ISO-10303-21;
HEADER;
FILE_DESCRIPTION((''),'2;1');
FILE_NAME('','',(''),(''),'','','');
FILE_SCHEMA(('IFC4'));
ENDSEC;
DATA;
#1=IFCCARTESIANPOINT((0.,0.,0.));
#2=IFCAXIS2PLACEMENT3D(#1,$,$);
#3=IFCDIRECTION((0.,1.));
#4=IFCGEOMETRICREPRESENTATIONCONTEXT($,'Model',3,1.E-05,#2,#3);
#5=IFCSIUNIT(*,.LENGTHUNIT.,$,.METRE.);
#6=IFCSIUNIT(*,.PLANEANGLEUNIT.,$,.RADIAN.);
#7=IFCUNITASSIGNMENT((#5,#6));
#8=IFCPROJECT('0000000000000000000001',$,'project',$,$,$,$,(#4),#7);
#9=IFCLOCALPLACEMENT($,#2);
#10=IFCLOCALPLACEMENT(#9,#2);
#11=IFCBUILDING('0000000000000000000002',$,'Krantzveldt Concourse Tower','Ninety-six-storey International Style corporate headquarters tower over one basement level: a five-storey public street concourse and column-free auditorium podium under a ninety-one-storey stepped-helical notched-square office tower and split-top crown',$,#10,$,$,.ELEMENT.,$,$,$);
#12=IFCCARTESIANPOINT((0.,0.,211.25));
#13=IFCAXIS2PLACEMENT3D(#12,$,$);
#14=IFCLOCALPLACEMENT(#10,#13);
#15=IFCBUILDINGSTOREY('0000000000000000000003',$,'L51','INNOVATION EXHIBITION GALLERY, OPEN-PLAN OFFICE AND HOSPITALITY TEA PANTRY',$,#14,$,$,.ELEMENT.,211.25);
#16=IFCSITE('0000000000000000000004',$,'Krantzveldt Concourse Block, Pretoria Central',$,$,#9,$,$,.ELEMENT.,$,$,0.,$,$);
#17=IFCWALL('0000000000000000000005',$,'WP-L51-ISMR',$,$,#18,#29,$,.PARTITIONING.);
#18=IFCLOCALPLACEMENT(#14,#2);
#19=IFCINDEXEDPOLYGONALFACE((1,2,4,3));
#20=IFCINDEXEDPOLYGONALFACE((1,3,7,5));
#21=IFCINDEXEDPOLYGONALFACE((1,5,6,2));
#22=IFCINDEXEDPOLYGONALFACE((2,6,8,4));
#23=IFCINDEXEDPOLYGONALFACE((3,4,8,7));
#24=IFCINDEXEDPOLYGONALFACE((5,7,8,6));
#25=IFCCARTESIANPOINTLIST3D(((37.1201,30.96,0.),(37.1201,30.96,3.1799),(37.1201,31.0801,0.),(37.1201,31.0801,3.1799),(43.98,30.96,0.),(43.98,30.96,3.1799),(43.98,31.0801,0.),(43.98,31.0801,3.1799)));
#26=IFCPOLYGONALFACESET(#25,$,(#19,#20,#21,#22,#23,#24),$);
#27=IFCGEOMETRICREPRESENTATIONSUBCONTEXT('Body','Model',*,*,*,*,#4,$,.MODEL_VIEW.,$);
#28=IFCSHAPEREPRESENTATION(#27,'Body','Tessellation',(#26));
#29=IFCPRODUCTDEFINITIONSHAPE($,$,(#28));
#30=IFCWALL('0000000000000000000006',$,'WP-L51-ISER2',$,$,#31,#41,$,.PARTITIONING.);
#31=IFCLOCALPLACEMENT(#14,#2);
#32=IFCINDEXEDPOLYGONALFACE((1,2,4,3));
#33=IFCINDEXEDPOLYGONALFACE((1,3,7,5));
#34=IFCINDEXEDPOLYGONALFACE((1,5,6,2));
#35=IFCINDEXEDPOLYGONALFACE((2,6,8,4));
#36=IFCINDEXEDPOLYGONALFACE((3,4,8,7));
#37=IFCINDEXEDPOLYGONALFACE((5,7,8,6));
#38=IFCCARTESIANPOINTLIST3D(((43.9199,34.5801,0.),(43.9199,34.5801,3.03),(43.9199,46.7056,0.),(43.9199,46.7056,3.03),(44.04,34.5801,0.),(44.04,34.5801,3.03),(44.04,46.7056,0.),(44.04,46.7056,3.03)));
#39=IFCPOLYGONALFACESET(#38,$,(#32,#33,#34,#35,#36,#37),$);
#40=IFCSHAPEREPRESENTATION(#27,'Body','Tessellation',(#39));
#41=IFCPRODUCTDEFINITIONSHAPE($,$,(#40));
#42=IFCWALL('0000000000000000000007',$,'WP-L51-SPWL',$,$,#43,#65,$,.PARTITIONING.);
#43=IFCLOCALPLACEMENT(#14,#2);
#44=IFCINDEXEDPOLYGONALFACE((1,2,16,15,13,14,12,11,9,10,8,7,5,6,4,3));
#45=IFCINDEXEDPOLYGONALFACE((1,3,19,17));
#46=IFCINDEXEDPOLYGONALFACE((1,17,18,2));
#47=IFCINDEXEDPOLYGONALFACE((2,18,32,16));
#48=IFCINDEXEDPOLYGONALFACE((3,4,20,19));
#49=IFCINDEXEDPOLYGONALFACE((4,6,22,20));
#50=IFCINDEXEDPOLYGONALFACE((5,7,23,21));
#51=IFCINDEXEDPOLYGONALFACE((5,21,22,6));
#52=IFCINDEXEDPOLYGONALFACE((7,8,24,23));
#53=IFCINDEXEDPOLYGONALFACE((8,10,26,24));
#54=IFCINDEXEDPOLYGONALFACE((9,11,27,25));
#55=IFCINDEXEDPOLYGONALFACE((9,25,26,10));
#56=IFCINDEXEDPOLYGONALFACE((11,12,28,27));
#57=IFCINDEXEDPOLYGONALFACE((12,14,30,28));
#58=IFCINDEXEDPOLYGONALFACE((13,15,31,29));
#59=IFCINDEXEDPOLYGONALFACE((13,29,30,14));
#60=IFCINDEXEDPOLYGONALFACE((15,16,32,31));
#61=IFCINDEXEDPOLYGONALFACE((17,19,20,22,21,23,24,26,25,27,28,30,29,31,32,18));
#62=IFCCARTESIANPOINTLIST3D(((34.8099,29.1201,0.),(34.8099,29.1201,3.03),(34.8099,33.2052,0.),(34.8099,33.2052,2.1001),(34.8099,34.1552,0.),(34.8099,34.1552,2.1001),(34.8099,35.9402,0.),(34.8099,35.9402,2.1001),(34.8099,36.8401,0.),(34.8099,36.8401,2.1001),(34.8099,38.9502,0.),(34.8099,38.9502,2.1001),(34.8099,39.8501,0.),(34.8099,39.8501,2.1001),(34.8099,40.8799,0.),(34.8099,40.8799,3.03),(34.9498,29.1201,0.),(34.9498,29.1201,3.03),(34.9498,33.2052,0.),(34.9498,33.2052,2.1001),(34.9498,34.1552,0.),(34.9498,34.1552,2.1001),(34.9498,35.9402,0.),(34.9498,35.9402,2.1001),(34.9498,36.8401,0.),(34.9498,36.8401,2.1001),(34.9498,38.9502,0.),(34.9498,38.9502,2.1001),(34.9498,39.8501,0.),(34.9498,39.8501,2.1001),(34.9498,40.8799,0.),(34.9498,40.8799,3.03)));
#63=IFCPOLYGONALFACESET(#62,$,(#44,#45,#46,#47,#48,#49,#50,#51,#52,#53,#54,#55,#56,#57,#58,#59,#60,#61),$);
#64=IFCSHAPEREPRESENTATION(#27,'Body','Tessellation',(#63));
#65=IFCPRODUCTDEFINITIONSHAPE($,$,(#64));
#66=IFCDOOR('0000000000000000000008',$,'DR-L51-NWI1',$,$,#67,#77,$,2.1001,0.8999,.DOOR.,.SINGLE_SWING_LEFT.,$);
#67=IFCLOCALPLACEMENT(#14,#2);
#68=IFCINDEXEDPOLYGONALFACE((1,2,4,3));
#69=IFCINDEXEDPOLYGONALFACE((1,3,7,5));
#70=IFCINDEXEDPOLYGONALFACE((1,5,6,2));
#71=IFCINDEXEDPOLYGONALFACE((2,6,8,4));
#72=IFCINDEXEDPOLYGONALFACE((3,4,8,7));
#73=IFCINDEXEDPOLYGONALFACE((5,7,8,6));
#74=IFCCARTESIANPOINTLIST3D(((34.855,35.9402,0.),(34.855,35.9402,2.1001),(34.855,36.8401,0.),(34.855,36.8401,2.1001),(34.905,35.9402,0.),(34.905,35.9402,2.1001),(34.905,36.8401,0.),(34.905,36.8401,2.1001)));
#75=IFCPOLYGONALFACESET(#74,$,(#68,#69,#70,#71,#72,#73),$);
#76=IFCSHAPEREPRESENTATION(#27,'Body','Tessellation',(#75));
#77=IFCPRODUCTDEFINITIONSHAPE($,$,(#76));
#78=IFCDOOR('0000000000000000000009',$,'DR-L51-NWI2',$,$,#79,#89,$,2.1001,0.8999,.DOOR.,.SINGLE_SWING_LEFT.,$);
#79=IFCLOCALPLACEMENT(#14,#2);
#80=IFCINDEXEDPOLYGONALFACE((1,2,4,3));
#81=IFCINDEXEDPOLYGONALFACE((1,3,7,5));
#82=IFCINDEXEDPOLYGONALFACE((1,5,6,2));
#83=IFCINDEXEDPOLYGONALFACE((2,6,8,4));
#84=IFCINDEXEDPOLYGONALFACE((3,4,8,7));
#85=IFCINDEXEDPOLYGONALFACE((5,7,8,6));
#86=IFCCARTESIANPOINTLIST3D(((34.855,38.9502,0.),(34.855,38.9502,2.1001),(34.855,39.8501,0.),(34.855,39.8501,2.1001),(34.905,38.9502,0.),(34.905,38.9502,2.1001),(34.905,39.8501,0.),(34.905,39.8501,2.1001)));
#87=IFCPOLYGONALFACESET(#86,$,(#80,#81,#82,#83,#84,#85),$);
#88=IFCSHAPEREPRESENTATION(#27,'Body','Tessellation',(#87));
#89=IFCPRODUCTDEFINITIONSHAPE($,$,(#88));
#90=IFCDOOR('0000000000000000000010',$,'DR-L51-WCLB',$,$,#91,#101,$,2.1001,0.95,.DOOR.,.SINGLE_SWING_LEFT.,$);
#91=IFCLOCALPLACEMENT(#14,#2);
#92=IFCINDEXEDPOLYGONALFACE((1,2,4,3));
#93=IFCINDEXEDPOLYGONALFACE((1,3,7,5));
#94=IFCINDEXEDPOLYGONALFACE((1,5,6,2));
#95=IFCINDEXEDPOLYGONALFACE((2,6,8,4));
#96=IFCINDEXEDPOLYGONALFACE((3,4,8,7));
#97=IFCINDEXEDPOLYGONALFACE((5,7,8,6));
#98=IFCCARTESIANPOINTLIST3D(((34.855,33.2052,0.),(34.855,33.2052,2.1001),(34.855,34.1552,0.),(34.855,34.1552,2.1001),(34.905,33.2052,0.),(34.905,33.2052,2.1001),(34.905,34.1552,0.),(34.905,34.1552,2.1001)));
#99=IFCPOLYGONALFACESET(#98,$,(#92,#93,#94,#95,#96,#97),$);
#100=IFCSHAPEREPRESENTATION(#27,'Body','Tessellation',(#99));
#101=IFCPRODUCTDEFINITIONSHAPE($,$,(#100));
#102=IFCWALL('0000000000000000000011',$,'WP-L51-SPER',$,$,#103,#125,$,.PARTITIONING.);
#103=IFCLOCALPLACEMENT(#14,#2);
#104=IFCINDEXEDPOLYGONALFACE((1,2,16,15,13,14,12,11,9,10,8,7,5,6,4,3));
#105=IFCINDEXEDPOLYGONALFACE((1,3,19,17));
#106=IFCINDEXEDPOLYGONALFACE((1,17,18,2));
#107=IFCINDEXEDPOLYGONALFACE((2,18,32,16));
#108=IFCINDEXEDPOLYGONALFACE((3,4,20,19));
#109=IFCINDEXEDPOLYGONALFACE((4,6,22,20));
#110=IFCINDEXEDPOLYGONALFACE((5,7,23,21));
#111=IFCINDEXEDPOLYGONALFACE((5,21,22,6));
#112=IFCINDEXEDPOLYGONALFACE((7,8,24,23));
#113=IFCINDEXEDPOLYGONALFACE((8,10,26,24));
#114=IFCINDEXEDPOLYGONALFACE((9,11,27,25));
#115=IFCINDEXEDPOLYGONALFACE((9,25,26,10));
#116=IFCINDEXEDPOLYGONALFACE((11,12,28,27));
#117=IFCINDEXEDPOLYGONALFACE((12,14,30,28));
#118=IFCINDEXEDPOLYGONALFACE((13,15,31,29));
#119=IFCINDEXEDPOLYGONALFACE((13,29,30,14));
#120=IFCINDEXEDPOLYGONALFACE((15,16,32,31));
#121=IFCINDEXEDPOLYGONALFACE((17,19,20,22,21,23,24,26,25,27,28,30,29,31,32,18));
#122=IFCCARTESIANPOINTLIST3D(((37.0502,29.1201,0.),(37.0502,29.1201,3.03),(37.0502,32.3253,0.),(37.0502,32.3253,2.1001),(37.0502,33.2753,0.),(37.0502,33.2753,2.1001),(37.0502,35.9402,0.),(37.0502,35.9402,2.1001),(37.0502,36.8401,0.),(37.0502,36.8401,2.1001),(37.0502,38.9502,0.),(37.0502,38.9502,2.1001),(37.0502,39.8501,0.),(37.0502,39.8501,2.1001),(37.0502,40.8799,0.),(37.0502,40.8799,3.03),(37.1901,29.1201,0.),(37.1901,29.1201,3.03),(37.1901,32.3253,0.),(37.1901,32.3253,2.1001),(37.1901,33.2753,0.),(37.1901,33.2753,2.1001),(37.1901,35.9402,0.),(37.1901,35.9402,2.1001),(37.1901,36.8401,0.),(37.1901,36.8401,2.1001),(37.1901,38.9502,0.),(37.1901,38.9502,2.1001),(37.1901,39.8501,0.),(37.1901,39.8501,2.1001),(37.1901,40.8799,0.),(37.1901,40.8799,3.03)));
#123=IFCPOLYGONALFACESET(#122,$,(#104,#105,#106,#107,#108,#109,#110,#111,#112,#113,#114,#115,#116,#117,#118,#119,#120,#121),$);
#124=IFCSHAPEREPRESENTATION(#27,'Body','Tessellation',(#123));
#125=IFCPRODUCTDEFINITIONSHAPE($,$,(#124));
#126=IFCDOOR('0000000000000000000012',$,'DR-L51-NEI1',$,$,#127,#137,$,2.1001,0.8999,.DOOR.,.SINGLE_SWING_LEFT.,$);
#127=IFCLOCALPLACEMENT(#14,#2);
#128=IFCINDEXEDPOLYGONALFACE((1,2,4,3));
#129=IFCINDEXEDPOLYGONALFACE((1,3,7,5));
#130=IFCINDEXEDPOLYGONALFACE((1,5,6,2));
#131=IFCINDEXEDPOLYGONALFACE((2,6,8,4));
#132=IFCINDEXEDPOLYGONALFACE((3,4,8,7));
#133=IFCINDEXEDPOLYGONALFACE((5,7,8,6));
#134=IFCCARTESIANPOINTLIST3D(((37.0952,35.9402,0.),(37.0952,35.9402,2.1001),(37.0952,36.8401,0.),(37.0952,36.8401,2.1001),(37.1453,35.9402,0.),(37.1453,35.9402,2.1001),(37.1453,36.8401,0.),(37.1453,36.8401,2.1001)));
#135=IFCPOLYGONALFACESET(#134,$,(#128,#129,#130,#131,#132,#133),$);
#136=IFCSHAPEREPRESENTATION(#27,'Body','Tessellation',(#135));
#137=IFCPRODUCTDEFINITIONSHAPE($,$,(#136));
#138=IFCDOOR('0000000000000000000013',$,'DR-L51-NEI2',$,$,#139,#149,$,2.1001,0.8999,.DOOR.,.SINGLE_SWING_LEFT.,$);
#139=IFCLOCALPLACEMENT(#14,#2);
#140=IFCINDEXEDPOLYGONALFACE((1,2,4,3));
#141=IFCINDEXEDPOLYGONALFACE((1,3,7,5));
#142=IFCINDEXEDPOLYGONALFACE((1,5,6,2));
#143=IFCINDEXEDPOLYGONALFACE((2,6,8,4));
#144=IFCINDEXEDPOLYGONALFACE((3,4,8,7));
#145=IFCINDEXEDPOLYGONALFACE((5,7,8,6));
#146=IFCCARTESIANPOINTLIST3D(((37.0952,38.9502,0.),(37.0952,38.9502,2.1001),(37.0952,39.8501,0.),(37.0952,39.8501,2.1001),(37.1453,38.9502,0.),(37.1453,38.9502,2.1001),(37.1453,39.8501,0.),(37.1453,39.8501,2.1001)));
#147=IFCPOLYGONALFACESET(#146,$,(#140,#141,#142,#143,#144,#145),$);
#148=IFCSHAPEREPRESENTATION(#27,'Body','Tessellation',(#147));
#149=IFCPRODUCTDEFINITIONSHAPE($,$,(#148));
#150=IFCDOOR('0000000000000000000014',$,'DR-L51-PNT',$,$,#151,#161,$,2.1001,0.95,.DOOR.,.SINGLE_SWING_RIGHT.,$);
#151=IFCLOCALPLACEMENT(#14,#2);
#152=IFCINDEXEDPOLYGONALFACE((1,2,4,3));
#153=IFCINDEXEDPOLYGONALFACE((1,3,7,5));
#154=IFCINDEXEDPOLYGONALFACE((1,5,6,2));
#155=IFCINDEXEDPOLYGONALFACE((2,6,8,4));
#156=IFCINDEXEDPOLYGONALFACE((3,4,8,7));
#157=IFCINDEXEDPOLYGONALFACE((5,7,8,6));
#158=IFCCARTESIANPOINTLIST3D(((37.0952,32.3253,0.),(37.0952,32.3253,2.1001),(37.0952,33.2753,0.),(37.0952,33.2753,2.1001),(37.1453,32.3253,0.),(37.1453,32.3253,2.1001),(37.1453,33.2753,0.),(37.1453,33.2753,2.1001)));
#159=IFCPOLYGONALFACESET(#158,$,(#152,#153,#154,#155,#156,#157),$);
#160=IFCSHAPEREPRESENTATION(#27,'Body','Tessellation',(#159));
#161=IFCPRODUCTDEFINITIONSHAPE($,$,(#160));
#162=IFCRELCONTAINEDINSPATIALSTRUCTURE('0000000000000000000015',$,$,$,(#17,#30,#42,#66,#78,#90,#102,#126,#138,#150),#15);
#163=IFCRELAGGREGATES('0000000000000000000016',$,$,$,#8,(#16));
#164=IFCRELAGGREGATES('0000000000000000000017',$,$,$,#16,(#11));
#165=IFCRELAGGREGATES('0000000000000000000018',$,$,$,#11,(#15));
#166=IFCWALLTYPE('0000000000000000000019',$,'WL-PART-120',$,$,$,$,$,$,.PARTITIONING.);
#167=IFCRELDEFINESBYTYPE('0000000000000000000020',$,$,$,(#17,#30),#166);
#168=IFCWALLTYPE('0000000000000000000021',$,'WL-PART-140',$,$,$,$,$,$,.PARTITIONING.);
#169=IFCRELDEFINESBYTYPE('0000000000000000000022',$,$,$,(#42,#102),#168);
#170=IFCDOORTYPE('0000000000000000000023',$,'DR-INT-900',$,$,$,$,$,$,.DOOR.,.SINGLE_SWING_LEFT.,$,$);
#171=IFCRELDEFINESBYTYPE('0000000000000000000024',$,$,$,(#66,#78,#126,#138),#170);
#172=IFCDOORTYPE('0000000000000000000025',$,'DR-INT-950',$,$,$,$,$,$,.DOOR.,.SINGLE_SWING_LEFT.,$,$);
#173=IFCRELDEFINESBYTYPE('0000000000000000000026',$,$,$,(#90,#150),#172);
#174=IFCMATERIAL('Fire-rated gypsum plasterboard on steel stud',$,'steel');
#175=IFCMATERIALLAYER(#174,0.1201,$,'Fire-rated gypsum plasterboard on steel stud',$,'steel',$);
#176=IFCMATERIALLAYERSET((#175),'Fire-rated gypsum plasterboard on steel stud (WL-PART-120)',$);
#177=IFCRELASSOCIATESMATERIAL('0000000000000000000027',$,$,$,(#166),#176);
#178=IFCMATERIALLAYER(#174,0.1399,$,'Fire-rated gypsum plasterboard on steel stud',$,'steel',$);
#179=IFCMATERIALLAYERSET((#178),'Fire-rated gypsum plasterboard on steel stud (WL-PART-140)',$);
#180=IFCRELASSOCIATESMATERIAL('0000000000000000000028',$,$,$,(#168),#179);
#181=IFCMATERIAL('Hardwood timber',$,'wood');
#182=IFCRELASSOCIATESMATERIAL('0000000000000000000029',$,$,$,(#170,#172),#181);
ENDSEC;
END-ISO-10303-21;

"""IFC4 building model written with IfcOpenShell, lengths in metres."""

from ifc_helpers import new_model, si_unit, direction, frame, frame_2d, origin, place, context, subcontext, project, spatial, rectangle, extrude, material, layer, layer_set, type_object, element, fill, save


model = new_model("IFC4")

# Units and contexts
model_context = context("Model", 3, precision=1e-05, world=origin(), true_north=direction((0.0, 1.0)))
body_context = subcontext(model_context, "Body", "Model", "MODEL_VIEW")
ifc_project = project(units=[si_unit("LENGTHUNIT", "METRE"), si_unit("PLANEANGLEUNIT", "RADIAN")], contexts=[model_context])

# Site, building, storey
site_placement = place(None, origin())
site = spatial("IfcSite", under=ifc_project, at=site_placement, Name="Krantzveldt Concourse Block, Pretoria Central", CompositionType="ELEMENT", RefElevation=0.0)
building_placement = place(site_placement, origin())
building = spatial("IfcBuilding", under=site, at=building_placement, Name="Krantzveldt Concourse Tower", Description="Ninety-six-storey International Style corporate headquarters tower over one basement level: a five-storey public street concourse and column-free auditorium podium under a ninety-one-storey stepped-helical notched-square office tower and split-top crown", CompositionType="ELEMENT")
storey_placement = place(building_placement, frame((0.0, 0.0, 211.25)))
storey = spatial("IfcBuildingStorey", under=building, at=storey_placement, Name="L51", Description="INNOVATION EXHIBITION GALLERY, OPEN-PLAN OFFICE AND HOSPITALITY TEA PANTRY", CompositionType="ELEMENT", Elevation=211.25)

# Walls
ifc_material_1 = material(Name="Fire-rated gypsum plasterboard on steel stud", Category="steel")
ifc_layer_1 = layer(ifc_material_1, 0.1201, Name="Fire-rated gypsum plasterboard on steel stud", Category="steel")
ifc_layer_set_1 = layer_set([ifc_layer_1], Name="Fire-rated gypsum plasterboard on steel stud (WL-PART-120)")
wall_type_1 = type_object("IfcWallType", Name="WL-PART-120", PredefinedType="PARTITIONING", material=ifc_layer_set_1)
wall_1_placement = place(storey_placement, frame((37.1201, 31.02, 0.0), z_axis=(0.0, 0.0, 1.0), x_axis=(1.0, 0.0, 0.0)))
element("IfcWall", 1, at=wall_1_placement, inside=storey, type_object=wall_type_1, Name="WP-L51-ISMR", PredefinedType="PARTITIONING", context=body_context, shape_type="SweptSolid", body=[
    extrude(rectangle(XDim=6.8599, YDim=0.1201, at=frame_2d((3.4299, 0.0))), origin(), (0.0, 0.0, 1.0), 3.1799),
])
wall_2_placement = place(storey_placement, frame((43.98, 34.5801, 0.0), z_axis=(0.0, 0.0, 1.0), x_axis=(0.0, 1.0, 0.0)))
element("IfcWall", 2, at=wall_2_placement, inside=storey, type_object=wall_type_1, Name="WP-L51-ISER2", PredefinedType="PARTITIONING", context=body_context, shape_type="SweptSolid", body=[
    extrude(rectangle(XDim=12.1255, YDim=0.1201, at=frame_2d((6.0627, 0.0))), origin(), (0.0, 0.0, 1.0), 3.03),
])

# Walls, openings, doors
ifc_layer_2 = layer(ifc_material_1, 0.1399, Name="Fire-rated gypsum plasterboard on steel stud", Category="steel")
ifc_layer_set_2 = layer_set([ifc_layer_2], Name="Fire-rated gypsum plasterboard on steel stud (WL-PART-140)")
wall_type_2 = type_object("IfcWallType", Name="WL-PART-140", PredefinedType="PARTITIONING", material=ifc_layer_set_2)
wall_3_placement = place(storey_placement, frame((34.8799, 29.1201, 0.0), z_axis=(0.0, 0.0, 1.0), x_axis=(0.0, 1.0, 0.0)))
wall_3 = element("IfcWall", 3, at=wall_3_placement, inside=storey, type_object=wall_type_2, Name="WP-L51-SPWL", PredefinedType="PARTITIONING", context=body_context, shape_type="SweptSolid", body=[
    extrude(rectangle(XDim=11.7598, YDim=0.1399, at=frame_2d((5.8799, 0.0))), origin(), (0.0, 0.0, 1.0), 3.03),
])
opening_1_placement = place(wall_3_placement, frame((4.085, 0.0, 0.0)))
opening_1 = element("IfcOpeningElement", 4, at=opening_1_placement, cuts=wall_3, PredefinedType="OPENING", context=body_context, shape_type="SweptSolid", body=[
    extrude(rectangle(XDim=0.95, YDim=2.1001, at=frame_2d((0.4751, 1.05))), frame((0.0, 0.0801, 0.0), z_axis=(0.0, -1.0, 0.0), x_axis=(1.0, 0.0, 0.0)), (0.0, 0.0, 1.0), 0.1599),
])
opening_2_placement = place(wall_3_placement, frame((6.8201, 0.0, 0.0)))
opening_2 = element("IfcOpeningElement", 5, at=opening_2_placement, cuts=wall_3, PredefinedType="OPENING", context=body_context, shape_type="SweptSolid", body=[
    extrude(rectangle(XDim=0.8999, YDim=2.1001, at=frame_2d((0.45, 1.05))), frame((0.0, 0.0801, 0.0), z_axis=(0.0, -1.0, 0.0), x_axis=(1.0, 0.0, 0.0)), (0.0, 0.0, 1.0), 0.1599),
])
opening_3_placement = place(wall_3_placement, frame((9.8301, 0.0, 0.0)))
opening_3 = element("IfcOpeningElement", 6, at=opening_3_placement, cuts=wall_3, PredefinedType="OPENING", context=body_context, shape_type="SweptSolid", body=[
    extrude(rectangle(XDim=0.8999, YDim=2.1001, at=frame_2d((0.45, 1.05))), frame((0.0, 0.0801, 0.0), z_axis=(0.0, -1.0, 0.0), x_axis=(1.0, 0.0, 0.0)), (0.0, 0.0, 1.0), 0.1599),
])
ifc_material_2 = material(Name="Hardwood timber", Category="wood")
door_type_1 = type_object("IfcDoorType", Name="DR-INT-900", OperationType="SINGLE_SWING_LEFT", PredefinedType="DOOR", material=ifc_material_2)
door_1_placement = place(opening_2_placement, origin())
door_1 = element("IfcDoor", 7, at=door_1_placement, inside=storey, type_object=door_type_1, Name="DR-L51-NWI1", OperationType="SINGLE_SWING_LEFT", OverallHeight=2.1001, OverallWidth=0.8999, PredefinedType="DOOR", context=body_context, shape_type="SweptSolid", body=[
    extrude(rectangle(XDim=0.8999, YDim=2.1001, at=frame_2d((0.45, 1.05))), frame((0.0, 0.0249, 0.0), z_axis=(0.0, -1.0, 0.0), x_axis=(1.0, 0.0, 0.0)), (0.0, 0.0, 1.0), 0.05),
])
fill(opening_2, door_1)
door_2_placement = place(opening_3_placement, origin())
door_2 = element("IfcDoor", 8, at=door_2_placement, inside=storey, type_object=door_type_1, Name="DR-L51-NWI2", OperationType="SINGLE_SWING_LEFT", OverallHeight=2.1001, OverallWidth=0.8999, PredefinedType="DOOR", context=body_context, shape_type="SweptSolid", body=[
    extrude(rectangle(XDim=0.8999, YDim=2.1001, at=frame_2d((0.45, 1.05))), frame((0.0, 0.0249, 0.0), z_axis=(0.0, -1.0, 0.0), x_axis=(1.0, 0.0, 0.0)), (0.0, 0.0, 1.0), 0.05),
])
fill(opening_3, door_2)
door_type_2 = type_object("IfcDoorType", Name="DR-INT-950", OperationType="SINGLE_SWING_LEFT", PredefinedType="DOOR", material=ifc_material_2)
door_3_placement = place(opening_1_placement, origin())
door_3 = element("IfcDoor", 9, at=door_3_placement, inside=storey, type_object=door_type_2, Name="DR-L51-WCLB", OperationType="SINGLE_SWING_LEFT", OverallHeight=2.1001, OverallWidth=0.95, PredefinedType="DOOR", context=body_context, shape_type="SweptSolid", body=[
    extrude(rectangle(XDim=0.95, YDim=2.1001, at=frame_2d((0.4751, 1.05))), frame((0.0, 0.0249, 0.0), z_axis=(0.0, -1.0, 0.0), x_axis=(1.0, 0.0, 0.0)), (0.0, 0.0, 1.0), 0.05),
])
fill(opening_1, door_3)
wall_4_placement = place(storey_placement, frame((37.1201, 29.1201, 0.0), z_axis=(0.0, 0.0, 1.0), x_axis=(0.0, 1.0, 0.0)))
wall_4 = element("IfcWall", 10, at=wall_4_placement, inside=storey, type_object=wall_type_2, Name="WP-L51-SPER", PredefinedType="PARTITIONING", context=body_context, shape_type="SweptSolid", body=[
    extrude(rectangle(XDim=11.7598, YDim=0.1399, at=frame_2d((5.8799, 0.0))), origin(), (0.0, 0.0, 1.0), 3.03),
])
opening_4_placement = place(wall_4_placement, frame((3.2051, 0.0, 0.0)))
opening_4 = element("IfcOpeningElement", 11, at=opening_4_placement, cuts=wall_4, PredefinedType="OPENING", context=body_context, shape_type="SweptSolid", body=[
    extrude(rectangle(XDim=0.95, YDim=2.1001, at=frame_2d((0.4751, 1.05))), frame((0.0, 0.0801, 0.0), z_axis=(0.0, -1.0, 0.0), x_axis=(1.0, 0.0, 0.0)), (0.0, 0.0, 1.0), 0.1599),
])
opening_5_placement = place(wall_4_placement, frame((6.8201, 0.0, 0.0)))
opening_5 = element("IfcOpeningElement", 12, at=opening_5_placement, cuts=wall_4, PredefinedType="OPENING", context=body_context, shape_type="SweptSolid", body=[
    extrude(rectangle(XDim=0.8999, YDim=2.1001, at=frame_2d((0.45, 1.05))), frame((0.0, 0.0801, 0.0), z_axis=(0.0, -1.0, 0.0), x_axis=(1.0, 0.0, 0.0)), (0.0, 0.0, 1.0), 0.1599),
])
opening_6_placement = place(wall_4_placement, frame((9.8301, 0.0, 0.0)))
opening_6 = element("IfcOpeningElement", 13, at=opening_6_placement, cuts=wall_4, PredefinedType="OPENING", context=body_context, shape_type="SweptSolid", body=[
    extrude(rectangle(XDim=0.8999, YDim=2.1001, at=frame_2d((0.45, 1.05))), frame((0.0, 0.0801, 0.0), z_axis=(0.0, -1.0, 0.0), x_axis=(1.0, 0.0, 0.0)), (0.0, 0.0, 1.0), 0.1599),
])
door_4_placement = place(opening_5_placement, origin())
door_4 = element("IfcDoor", 14, at=door_4_placement, inside=storey, type_object=door_type_1, Name="DR-L51-NEI1", OperationType="SINGLE_SWING_LEFT", OverallHeight=2.1001, OverallWidth=0.8999, PredefinedType="DOOR", context=body_context, shape_type="SweptSolid", body=[
    extrude(rectangle(XDim=0.8999, YDim=2.1001, at=frame_2d((0.45, 1.05))), frame((0.0, 0.0249, 0.0), z_axis=(0.0, -1.0, 0.0), x_axis=(1.0, 0.0, 0.0)), (0.0, 0.0, 1.0), 0.05),
])
fill(opening_5, door_4)
door_5_placement = place(opening_6_placement, origin())
door_5 = element("IfcDoor", 15, at=door_5_placement, inside=storey, type_object=door_type_1, Name="DR-L51-NEI2", OperationType="SINGLE_SWING_LEFT", OverallHeight=2.1001, OverallWidth=0.8999, PredefinedType="DOOR", context=body_context, shape_type="SweptSolid", body=[
    extrude(rectangle(XDim=0.8999, YDim=2.1001, at=frame_2d((0.45, 1.05))), frame((0.0, 0.0249, 0.0), z_axis=(0.0, -1.0, 0.0), x_axis=(1.0, 0.0, 0.0)), (0.0, 0.0, 1.0), 0.05),
])
fill(opening_6, door_5)
door_6_placement = place(opening_4_placement, origin())
door_6 = element("IfcDoor", 16, at=door_6_placement, inside=storey, type_object=door_type_2, Name="DR-L51-PNT", OperationType="SINGLE_SWING_RIGHT", OverallHeight=2.1001, OverallWidth=0.95, PredefinedType="DOOR", context=body_context, shape_type="SweptSolid", body=[
    extrude(rectangle(XDim=0.95, YDim=2.1001, at=frame_2d((0.4751, 1.05))), frame((0.0, 0.0249, 0.0), z_axis=(0.0, -1.0, 0.0), x_axis=(1.0, 0.0, 0.0)), (0.0, 0.0, 1.0), 0.05),
])
fill(opening_4, door_6)

save(model, "model.ifc")
